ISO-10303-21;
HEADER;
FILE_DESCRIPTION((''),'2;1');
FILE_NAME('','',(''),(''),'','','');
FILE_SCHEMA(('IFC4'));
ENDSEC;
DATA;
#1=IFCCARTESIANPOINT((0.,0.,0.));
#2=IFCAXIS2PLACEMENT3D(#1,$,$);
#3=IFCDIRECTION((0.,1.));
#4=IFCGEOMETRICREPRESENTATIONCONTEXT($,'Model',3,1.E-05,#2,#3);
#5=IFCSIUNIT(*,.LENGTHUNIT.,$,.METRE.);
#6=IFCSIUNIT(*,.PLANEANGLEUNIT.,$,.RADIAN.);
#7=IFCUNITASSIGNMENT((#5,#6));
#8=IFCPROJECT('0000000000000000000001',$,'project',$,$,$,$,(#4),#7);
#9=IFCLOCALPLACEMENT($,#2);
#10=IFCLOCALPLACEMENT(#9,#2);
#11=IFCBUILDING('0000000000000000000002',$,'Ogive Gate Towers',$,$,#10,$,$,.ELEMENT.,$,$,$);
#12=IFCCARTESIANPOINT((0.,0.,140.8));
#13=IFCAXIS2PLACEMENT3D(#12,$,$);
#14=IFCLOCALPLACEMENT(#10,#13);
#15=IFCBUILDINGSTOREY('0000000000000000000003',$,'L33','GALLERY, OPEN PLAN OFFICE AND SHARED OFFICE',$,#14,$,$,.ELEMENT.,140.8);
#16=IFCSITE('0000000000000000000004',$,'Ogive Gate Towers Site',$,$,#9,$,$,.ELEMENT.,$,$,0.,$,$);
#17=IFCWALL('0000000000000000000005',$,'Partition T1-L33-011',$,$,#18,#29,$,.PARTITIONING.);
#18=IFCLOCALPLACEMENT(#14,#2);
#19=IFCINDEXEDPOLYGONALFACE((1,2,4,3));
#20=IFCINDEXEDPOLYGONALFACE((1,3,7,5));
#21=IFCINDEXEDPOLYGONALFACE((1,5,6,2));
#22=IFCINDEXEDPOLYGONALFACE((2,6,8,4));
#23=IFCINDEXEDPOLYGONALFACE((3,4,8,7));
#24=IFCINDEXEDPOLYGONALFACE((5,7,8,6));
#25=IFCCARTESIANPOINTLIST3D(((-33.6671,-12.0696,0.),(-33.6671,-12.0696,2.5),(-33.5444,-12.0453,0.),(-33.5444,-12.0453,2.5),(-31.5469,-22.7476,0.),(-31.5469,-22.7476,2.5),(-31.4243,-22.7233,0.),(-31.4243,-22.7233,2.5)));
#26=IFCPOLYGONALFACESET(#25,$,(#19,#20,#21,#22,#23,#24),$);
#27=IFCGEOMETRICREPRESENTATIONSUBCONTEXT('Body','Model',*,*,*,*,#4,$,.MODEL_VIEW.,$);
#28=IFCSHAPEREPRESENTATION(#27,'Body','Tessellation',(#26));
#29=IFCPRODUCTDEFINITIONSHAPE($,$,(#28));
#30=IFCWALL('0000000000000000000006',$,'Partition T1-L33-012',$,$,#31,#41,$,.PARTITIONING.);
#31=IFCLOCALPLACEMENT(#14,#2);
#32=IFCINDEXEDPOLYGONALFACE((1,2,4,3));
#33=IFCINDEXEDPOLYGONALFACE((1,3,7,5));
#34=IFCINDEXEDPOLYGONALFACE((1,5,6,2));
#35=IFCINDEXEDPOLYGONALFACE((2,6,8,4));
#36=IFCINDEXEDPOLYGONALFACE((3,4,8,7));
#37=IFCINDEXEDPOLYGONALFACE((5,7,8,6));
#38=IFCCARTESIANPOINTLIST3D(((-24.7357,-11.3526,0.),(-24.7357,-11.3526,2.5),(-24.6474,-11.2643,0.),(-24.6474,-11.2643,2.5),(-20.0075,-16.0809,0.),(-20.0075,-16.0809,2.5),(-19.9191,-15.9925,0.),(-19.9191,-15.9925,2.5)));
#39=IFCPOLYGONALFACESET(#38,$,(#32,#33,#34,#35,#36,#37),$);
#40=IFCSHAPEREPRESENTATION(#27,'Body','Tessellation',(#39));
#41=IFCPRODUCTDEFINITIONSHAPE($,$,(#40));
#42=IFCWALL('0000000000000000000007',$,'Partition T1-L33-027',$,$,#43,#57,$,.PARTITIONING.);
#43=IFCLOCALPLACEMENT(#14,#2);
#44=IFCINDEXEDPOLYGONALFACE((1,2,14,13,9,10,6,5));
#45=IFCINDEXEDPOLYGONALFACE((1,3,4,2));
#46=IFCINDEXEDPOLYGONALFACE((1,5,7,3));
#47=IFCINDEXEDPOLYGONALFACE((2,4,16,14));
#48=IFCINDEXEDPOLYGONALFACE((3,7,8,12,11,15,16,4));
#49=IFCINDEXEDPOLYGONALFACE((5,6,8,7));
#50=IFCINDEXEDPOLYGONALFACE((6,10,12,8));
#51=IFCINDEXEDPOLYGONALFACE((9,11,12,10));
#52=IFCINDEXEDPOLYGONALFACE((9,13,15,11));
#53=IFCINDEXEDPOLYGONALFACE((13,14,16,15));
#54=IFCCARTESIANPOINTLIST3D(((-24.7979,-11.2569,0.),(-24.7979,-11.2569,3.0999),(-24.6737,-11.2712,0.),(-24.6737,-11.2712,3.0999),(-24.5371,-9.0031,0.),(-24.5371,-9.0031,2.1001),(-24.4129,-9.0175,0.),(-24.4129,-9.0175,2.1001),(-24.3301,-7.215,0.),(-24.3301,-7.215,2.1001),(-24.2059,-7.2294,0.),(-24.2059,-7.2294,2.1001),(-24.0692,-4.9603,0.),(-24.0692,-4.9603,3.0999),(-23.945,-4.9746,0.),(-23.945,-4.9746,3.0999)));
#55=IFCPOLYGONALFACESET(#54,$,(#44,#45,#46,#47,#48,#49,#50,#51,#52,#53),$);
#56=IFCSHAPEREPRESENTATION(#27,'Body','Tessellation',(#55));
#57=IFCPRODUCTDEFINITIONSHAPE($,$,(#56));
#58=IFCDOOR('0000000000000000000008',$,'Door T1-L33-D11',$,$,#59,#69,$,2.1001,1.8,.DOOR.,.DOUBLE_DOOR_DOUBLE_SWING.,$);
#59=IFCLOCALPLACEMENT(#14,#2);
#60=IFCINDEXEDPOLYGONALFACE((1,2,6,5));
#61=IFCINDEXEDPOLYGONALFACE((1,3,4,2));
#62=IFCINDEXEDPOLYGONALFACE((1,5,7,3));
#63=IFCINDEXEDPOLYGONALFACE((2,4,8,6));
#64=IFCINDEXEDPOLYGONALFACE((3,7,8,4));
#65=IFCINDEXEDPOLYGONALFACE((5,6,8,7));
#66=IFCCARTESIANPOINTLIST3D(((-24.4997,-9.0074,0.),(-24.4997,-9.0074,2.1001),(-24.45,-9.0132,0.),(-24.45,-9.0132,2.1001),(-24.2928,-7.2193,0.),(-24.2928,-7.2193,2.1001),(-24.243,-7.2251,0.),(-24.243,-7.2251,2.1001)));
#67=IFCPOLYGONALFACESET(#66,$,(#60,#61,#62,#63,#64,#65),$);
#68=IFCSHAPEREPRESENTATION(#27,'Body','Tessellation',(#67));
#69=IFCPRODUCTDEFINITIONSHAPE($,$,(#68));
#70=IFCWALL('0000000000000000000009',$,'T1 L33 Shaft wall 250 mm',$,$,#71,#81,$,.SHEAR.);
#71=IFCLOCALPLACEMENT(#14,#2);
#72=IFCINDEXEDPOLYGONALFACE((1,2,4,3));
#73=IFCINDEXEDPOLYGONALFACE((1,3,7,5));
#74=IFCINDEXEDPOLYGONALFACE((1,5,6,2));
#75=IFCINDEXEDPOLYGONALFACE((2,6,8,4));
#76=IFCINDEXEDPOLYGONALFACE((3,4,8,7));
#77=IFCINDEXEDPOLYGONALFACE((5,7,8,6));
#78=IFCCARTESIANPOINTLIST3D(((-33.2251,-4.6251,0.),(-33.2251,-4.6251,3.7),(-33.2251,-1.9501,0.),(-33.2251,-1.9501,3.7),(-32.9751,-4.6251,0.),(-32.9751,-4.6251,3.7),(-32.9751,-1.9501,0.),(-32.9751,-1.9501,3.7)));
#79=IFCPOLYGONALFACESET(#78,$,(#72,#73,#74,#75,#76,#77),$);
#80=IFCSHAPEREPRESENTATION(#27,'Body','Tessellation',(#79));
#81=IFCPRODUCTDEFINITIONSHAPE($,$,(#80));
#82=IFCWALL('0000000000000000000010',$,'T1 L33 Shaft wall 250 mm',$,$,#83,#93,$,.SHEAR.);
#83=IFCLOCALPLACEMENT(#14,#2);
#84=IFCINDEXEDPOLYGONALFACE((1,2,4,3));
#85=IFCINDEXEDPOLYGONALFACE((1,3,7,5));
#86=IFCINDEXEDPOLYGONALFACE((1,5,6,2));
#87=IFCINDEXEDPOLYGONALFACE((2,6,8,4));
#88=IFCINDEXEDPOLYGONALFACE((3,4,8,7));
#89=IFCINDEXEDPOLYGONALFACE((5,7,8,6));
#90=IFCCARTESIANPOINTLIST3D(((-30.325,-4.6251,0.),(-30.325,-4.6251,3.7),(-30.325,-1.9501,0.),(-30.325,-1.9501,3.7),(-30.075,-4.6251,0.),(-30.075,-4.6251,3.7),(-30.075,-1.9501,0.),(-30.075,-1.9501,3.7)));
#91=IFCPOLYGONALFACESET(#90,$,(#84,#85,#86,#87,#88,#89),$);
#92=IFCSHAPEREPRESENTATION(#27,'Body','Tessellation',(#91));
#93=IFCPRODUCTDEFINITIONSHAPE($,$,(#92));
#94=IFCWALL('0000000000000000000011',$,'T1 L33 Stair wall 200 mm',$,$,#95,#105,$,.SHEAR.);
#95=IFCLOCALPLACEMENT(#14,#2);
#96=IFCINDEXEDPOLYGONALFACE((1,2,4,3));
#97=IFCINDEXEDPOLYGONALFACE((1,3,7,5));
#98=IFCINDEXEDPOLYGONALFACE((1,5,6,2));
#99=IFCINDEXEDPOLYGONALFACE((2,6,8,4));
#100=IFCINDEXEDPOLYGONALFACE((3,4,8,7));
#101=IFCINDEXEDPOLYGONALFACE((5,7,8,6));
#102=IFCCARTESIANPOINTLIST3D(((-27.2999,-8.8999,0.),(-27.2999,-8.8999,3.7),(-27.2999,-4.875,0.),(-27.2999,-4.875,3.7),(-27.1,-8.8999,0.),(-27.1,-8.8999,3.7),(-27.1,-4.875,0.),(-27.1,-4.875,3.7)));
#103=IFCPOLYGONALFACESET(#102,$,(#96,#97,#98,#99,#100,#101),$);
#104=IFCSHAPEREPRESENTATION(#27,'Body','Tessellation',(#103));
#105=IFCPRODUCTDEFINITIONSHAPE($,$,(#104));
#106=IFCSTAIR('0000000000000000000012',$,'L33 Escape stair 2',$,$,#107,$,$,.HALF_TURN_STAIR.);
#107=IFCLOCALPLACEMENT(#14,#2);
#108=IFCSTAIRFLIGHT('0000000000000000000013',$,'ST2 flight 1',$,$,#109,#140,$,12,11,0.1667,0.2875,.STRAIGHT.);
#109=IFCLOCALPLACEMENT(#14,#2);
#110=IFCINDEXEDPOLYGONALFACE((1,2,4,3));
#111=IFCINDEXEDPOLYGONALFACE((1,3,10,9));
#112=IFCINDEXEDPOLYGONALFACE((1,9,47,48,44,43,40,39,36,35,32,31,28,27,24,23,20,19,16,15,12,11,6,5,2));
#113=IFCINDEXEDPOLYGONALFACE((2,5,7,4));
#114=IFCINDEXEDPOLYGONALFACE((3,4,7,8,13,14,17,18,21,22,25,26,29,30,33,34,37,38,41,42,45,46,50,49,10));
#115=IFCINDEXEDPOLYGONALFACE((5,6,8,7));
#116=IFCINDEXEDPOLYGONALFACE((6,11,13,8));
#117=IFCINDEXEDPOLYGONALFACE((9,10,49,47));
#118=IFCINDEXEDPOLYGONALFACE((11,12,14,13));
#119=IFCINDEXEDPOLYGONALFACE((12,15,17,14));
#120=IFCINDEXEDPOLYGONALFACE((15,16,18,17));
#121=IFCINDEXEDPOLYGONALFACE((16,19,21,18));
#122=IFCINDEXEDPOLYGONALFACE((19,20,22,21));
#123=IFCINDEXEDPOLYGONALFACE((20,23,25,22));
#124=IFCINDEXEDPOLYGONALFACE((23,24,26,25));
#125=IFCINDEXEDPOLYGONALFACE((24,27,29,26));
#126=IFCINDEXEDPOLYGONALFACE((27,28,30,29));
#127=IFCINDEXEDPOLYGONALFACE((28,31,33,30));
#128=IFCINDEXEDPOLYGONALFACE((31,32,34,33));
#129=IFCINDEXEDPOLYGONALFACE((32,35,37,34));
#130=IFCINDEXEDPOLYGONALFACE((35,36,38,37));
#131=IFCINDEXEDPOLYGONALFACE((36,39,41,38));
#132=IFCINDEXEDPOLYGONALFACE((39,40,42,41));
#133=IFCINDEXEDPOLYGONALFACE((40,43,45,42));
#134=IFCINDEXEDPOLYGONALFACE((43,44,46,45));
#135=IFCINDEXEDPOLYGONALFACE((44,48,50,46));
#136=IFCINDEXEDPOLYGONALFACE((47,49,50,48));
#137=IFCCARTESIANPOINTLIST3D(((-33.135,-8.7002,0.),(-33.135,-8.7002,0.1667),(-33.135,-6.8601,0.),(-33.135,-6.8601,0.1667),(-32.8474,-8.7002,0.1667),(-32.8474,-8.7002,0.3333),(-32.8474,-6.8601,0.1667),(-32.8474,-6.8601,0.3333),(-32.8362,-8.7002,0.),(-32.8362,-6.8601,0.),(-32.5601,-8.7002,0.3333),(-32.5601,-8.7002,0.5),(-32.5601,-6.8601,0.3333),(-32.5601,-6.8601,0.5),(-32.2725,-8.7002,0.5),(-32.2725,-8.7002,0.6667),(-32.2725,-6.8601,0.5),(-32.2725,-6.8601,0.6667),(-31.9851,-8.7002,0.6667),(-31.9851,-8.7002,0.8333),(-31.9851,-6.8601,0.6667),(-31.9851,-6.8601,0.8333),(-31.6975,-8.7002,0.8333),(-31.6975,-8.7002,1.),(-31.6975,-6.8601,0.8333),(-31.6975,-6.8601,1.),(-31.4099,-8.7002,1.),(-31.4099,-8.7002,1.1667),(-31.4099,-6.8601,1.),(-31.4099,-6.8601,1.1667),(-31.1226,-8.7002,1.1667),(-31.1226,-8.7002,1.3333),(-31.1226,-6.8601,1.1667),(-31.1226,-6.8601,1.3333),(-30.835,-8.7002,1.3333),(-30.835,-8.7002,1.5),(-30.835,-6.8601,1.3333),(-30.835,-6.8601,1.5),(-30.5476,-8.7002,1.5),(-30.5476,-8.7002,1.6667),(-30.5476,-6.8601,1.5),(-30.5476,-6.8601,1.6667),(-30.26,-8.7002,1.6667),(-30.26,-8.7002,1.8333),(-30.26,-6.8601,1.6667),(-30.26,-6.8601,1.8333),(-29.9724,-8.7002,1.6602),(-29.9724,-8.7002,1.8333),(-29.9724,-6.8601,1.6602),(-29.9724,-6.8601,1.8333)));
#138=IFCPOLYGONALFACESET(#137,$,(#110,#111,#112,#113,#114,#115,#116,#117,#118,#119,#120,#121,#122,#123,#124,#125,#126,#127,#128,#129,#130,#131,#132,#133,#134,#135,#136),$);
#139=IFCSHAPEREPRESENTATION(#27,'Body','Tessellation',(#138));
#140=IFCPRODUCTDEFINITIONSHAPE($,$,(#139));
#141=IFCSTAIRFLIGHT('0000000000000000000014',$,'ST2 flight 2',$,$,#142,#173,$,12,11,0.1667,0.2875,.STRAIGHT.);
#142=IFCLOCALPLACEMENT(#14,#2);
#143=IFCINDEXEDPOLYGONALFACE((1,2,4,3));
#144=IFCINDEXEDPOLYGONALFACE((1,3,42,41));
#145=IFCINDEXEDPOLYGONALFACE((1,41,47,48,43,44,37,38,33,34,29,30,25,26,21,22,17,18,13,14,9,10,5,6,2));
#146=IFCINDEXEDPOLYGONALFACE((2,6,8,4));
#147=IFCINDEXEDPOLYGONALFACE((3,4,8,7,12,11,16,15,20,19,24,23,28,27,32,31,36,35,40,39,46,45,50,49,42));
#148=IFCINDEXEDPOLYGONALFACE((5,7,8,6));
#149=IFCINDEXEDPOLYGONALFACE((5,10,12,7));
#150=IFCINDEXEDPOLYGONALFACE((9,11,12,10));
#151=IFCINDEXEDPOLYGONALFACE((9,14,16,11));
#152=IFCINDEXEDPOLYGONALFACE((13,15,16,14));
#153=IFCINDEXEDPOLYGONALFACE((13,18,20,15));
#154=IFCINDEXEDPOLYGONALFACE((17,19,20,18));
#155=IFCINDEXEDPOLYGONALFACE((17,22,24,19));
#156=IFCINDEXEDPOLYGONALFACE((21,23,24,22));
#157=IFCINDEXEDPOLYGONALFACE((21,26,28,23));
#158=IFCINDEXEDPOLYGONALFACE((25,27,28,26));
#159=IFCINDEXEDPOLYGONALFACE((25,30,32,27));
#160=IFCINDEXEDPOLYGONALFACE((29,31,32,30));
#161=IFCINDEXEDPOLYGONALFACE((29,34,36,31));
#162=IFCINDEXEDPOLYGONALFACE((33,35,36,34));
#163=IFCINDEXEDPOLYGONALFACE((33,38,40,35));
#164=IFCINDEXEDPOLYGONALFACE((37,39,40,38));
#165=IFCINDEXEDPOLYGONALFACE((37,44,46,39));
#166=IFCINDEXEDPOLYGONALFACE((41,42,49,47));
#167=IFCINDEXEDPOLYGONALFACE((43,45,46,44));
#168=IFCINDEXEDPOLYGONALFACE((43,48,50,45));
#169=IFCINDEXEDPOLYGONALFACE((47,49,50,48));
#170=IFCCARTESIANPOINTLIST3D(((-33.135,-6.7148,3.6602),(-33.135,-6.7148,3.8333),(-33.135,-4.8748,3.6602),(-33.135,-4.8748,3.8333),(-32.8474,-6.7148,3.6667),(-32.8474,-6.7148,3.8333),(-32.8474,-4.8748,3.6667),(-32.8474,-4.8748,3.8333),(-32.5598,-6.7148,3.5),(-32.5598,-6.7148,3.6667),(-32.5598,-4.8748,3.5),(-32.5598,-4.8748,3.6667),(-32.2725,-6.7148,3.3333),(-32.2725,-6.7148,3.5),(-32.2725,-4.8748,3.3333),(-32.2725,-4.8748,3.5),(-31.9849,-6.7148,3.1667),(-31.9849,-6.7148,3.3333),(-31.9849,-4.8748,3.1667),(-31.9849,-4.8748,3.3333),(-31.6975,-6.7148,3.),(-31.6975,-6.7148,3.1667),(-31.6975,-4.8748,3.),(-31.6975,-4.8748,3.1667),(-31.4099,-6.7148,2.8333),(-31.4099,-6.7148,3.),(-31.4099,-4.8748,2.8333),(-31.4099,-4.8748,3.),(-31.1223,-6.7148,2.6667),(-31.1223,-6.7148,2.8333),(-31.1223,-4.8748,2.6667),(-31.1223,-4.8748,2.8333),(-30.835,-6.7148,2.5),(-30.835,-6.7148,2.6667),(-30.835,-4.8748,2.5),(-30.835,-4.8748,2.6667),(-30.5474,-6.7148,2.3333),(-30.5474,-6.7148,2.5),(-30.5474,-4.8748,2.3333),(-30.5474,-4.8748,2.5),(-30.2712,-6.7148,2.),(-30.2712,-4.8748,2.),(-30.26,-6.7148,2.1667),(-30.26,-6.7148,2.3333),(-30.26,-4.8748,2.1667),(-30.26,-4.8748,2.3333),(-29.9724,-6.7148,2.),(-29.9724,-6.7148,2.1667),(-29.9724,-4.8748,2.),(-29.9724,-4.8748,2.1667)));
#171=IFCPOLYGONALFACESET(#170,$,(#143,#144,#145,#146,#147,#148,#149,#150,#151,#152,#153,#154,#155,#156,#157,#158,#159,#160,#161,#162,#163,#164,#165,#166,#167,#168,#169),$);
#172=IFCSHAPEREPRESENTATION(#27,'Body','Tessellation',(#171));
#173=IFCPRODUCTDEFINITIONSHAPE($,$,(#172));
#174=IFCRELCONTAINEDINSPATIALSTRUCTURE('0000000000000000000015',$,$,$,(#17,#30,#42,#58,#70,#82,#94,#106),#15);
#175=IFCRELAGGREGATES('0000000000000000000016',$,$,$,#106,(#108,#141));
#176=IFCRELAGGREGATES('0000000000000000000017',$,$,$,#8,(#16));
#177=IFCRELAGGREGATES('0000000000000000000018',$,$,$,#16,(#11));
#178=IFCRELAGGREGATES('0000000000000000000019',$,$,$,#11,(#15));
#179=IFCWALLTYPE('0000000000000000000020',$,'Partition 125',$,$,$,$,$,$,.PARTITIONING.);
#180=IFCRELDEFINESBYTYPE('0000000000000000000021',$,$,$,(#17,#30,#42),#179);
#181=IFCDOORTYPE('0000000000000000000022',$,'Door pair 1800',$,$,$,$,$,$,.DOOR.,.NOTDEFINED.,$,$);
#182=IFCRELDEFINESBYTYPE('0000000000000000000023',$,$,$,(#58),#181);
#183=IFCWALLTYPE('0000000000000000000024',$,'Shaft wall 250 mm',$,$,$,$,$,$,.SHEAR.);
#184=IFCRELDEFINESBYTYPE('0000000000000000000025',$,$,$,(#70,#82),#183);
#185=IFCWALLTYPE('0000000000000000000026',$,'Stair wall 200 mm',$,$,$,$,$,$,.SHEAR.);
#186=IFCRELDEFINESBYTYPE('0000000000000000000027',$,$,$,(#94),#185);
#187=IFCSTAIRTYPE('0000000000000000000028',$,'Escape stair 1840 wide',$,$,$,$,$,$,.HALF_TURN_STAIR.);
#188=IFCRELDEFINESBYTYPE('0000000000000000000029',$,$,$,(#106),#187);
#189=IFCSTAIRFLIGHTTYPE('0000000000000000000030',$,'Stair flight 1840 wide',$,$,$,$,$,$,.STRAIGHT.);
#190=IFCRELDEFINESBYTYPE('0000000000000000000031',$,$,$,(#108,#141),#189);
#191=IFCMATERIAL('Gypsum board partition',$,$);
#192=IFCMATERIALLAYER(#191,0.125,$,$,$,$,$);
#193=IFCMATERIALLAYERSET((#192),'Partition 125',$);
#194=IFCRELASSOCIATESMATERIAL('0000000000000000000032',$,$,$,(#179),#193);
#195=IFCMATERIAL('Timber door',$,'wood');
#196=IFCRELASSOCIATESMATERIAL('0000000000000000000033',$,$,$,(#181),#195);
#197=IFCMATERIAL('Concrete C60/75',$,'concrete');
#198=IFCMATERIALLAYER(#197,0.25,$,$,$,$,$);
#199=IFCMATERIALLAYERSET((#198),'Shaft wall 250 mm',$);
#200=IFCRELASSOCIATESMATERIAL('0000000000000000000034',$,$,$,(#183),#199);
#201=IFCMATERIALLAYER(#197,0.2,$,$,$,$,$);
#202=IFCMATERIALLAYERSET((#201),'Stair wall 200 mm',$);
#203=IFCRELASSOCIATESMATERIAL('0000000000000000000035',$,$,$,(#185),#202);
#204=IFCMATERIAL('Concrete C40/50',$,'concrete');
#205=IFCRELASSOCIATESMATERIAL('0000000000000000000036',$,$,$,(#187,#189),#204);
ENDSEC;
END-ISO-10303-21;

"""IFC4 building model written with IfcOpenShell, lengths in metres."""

from ifc_helpers import new_model, si_unit, direction, frame, frame_2d, origin, place, context, subcontext, project, spatial, polyline, rectangle, outline, extrude, material, layer, layer_set, type_object, element, fill, aggregate, save


model = new_model("IFC4")

# Units and contexts
model_context = context("Model", 3, precision=1e-05, world=origin(), true_north=direction((0.0, 1.0)))
body_context = subcontext(model_context, "Body", "Model", "MODEL_VIEW")
ifc_project = project(units=[si_unit("LENGTHUNIT", "METRE"), si_unit("PLANEANGLEUNIT", "RADIAN")], contexts=[model_context])

# Site, building, storey
site_placement = place(None, origin())
site = spatial("IfcSite", under=ifc_project, at=site_placement, Name="Ogive Gate Towers Site", CompositionType="ELEMENT", RefElevation=0.0)
building_placement = place(site_placement, origin())
building = spatial("IfcBuilding", under=site, at=building_placement, Name="Ogive Gate Towers", CompositionType="ELEMENT")
storey_placement = place(building_placement, frame((0.0, 0.0, 140.8)))
storey = spatial("IfcBuildingStorey", under=building, at=storey_placement, Name="L33", Description="GALLERY, OPEN PLAN OFFICE AND SHARED OFFICE", CompositionType="ELEMENT", Elevation=140.8)

# Shared definitions
ifc_material_1 = material(Name="Concrete C60/75", Category="concrete")

# Walls
ifc_material_2 = material(Name="Gypsum board partition")
ifc_layer_1 = layer(ifc_material_2, 0.125)
ifc_layer_set_1 = layer_set([ifc_layer_1], Name="Partition 125")
wall_type_1 = type_object("IfcWallType", Name="Partition 125", PredefinedType="PARTITIONING", material=ifc_layer_set_1)
wall_1_placement = place(storey_placement, frame((-31.4856, -22.7356, 0.0), z_axis=(0.0, 0.0, 1.0), x_axis=(-0.194749, 0.980853, 0.0)))
element("IfcWall", 1, at=wall_1_placement, inside=storey, type_object=wall_type_1, Name="Partition T1-L33-011", PredefinedType="PARTITIONING", context=body_context, shape_type="SweptSolid", body=[
    extrude(rectangle(XDim=10.8865, YDim=0.125, at=frame_2d((5.4434, 0.0))), origin(), (0.0, 0.0, 1.0), 2.5),
])
wall_2_placement = place(storey_placement, frame((-19.9634, -16.0366, 0.0), z_axis=(0.0, 0.0, 1.0), x_axis=(-0.707107, 0.707107, 0.0)))
element("IfcWall", 2, at=wall_2_placement, inside=storey, type_object=wall_type_1, Name="Partition T1-L33-012", PredefinedType="PARTITIONING", context=body_context, shape_type="SweptSolid", body=[
    extrude(rectangle(XDim=6.6868, YDim=0.125, at=frame_2d((3.3433, 0.0))), origin(), (0.0, 0.0, 1.0), 2.5),
])

# Wall, opening, door
wall_3_placement = place(storey_placement, frame((-24.7358, -11.2642, 0.0), z_axis=(0.0, 0.0, 1.0), x_axis=(0.114971, 0.993369, 0.0)))
wall_3 = element("IfcWall", 3, at=wall_3_placement, inside=storey, type_object=wall_type_1, Name="Partition T1-L33-027", PredefinedType="PARTITIONING", context=body_context, shape_type="SweptSolid", body=[
    extrude(rectangle(XDim=6.3386, YDim=0.125, at=frame_2d((3.1694, 0.0))), origin(), (0.0, 0.0, 1.0), 3.0999),
])
opening_1_placement = place(wall_3_placement, frame((2.269, 0.0, 0.0)))
opening_1 = element("IfcOpeningElement", 4, at=opening_1_placement, cuts=wall_3, PredefinedType="OPENING", context=body_context, shape_type="SweptSolid", body=[
    extrude(rectangle(XDim=1.8, YDim=2.1001, at=frame_2d((0.8999, 1.05))), frame((0.0, 0.0725, 0.0), z_axis=(0.0, -1.0, 0.0), x_axis=(1.0, 0.0, 0.0)), (0.0, 0.0, 1.0), 0.145),
])
ifc_material_3 = material(Name="Timber door", Category="wood")
door_type_1 = type_object("IfcDoorType", Name="Door pair 1800", OperationType="NOTDEFINED", PredefinedType="DOOR", material=ifc_material_3)
door_1_placement = place(opening_1_placement, origin())
door_1 = element("IfcDoor", 5, at=door_1_placement, inside=storey, type_object=door_type_1, Name="Door T1-L33-D11", OperationType="DOUBLE_DOOR_DOUBLE_SWING", OverallHeight=2.1001, OverallWidth=1.8, PredefinedType="DOOR", context=body_context, shape_type="SweptSolid", body=[
    extrude(rectangle(XDim=1.8, YDim=2.1001, at=frame_2d((0.8999, 1.05))), frame((0.0, 0.0249, 0.0), z_axis=(0.0, -1.0, 0.0), x_axis=(1.0, 0.0, 0.0)), (0.0, 0.0, 1.0), 0.05),
])
fill(opening_1, door_1)

# Walls
ifc_layer_2 = layer(ifc_material_1, 0.25)
ifc_layer_set_2 = layer_set([ifc_layer_2], Name="Shaft wall 250 mm")
wall_type_2 = type_object("IfcWallType", Name="Shaft wall 250 mm", PredefinedType="SHEAR", material=ifc_layer_set_2)
for number, where, z_axis, x_axis, name in (
    (6, (-33.1001, -4.625, 0.0), (0.0, 0.0, 1.0), (0.0, 1.0, 0.0), "T1 L33 Shaft wall 250 mm"),
    (7, (-30.2, -4.625, 0.0), (0.0, 0.0, 1.0), (0.0, 1.0, 0.0), "T1 L33 Shaft wall 250 mm"),
):
    element("IfcWall", number, at=place(storey_placement, frame(where, z_axis=z_axis, x_axis=x_axis)), inside=storey, type_object=wall_type_2, Name=name, PredefinedType="SHEAR", context=body_context, shape_type="SweptSolid", body=[
        extrude(rectangle(XDim=2.675, YDim=0.25, at=frame_2d((1.3374, 0.0))), origin(), (0.0, 0.0, 1.0), 3.7),
    ])
ifc_layer_3 = layer(ifc_material_1, 0.2)
ifc_layer_set_3 = layer_set([ifc_layer_3], Name="Stair wall 200 mm")
wall_type_3 = type_object("IfcWallType", Name="Stair wall 200 mm", PredefinedType="SHEAR", material=ifc_layer_set_3)
wall_4_placement = place(storey_placement, frame((-27.2, -8.8999, 0.0), z_axis=(0.0, 0.0, 1.0), x_axis=(0.0, 1.0, 0.0)))
element("IfcWall", 8, at=wall_4_placement, inside=storey, type_object=wall_type_3, Name="T1 L33 Stair wall 200 mm", PredefinedType="SHEAR", context=body_context, shape_type="SweptSolid", body=[
    extrude(rectangle(XDim=4.0249, YDim=0.2, at=frame_2d((2.0125, 0.0))), origin(), (0.0, 0.0, 1.0), 3.7),
])

# Stair, stair flights
ifc_material_4 = material(Name="Concrete C40/50", Category="concrete")
stair_type = type_object("IfcStairType", Name="Escape stair 1840 wide", PredefinedType="HALF_TURN_STAIR", material=ifc_material_4)
stair_placement = place(storey_placement, origin())
stair = element("IfcStair", 9, at=stair_placement, inside=storey, type_object=stair_type, Name="L33 Escape stair 2", PredefinedType="HALF_TURN_STAIR")
stair_flight_type = type_object("IfcStairFlightType", Name="Stair flight 1840 wide", PredefinedType="STRAIGHT", material=ifc_material_4)
stair_flight_1_placement = place(storey_placement, frame((-33.135, -7.78, 0.0), z_axis=(0.0, 0.0, 1.0), x_axis=(1.0, 0.0, 0.0)))
stair_flight_1 = element("IfcStairFlight", 10, at=stair_flight_1_placement, type_object=stair_flight_type, Name="ST2 flight 1", NumberOfRisers=12, NumberOfTreads=11, PredefinedType="STRAIGHT", RiserHeight=0.1667, TreadLength=0.2875, context=body_context, shape_type="SweptSolid", body=[
    extrude(outline(polyline([(0.0, 0.0), (0.0, 0.1667), (0.2876, 0.1667), (0.2876, 0.3333), (0.575, 0.3333), (0.575, 0.5), (0.8625, 0.5), (0.8625, 0.6667), (1.1499, 0.6667), (1.1499, 0.8333), (1.4375, 0.8333), (1.4375, 1.0), (1.7251, 1.0), (1.7251, 1.1667), (2.0125, 1.1667), (2.0125, 1.3333), (2.3, 1.3333), (2.3, 1.5), (2.5874, 1.5), (2.5874, 1.6667), (2.875, 1.6667), (2.875, 1.8333), (3.1626, 1.8333), (3.1626, 2.0), (3.1626, 1.6602), (0.2988, 0.0), (0.0, 0.0)])), frame((0.0, 0.9199, 0.0), z_axis=(0.0, -1.0, 0.0), x_axis=(1.0, 0.0, 0.0)), (0.0, 0.0, 1.0), 1.8401),
])
stair_flight_2_placement = place(storey_placement, frame((-29.9724, -5.7949, 2.0), z_axis=(0.0, 0.0, 1.0), x_axis=(-1.0, 0.0, 0.0)))
stair_flight_2 = element("IfcStairFlight", 11, at=stair_flight_2_placement, type_object=stair_flight_type, Name="ST2 flight 2", NumberOfRisers=12, NumberOfTreads=11, PredefinedType="STRAIGHT", RiserHeight=0.1667, TreadLength=0.2875, context=body_context, shape_type="SweptSolid", body=[
    extrude(outline(polyline([(0.0, 0.0), (0.0, 0.1667), (0.2876, 0.1667), (0.2876, 0.3333), (0.575, 0.3333), (0.575, 0.5), (0.8625, 0.5), (0.8625, 0.6667), (1.1499, 0.6667), (1.1499, 0.8333), (1.4375, 0.8333), (1.4375, 1.0), (1.7251, 1.0), (1.7251, 1.1667), (2.0125, 1.1667), (2.0125, 1.3333), (2.3, 1.3333), (2.3, 1.5), (2.5874, 1.5), (2.5874, 1.6667), (2.875, 1.6667), (2.875, 1.8333), (3.1626, 1.8333), (3.1626, 2.0), (3.1626, 1.6602), (0.2988, 0.0), (0.0, 0.0)])), frame((0.0, 0.9199, 0.0), z_axis=(0.0, -1.0, 0.0), x_axis=(1.0, 0.0, 0.0)), (0.0, 0.0, 1.0), 1.8401),
])
aggregate(stair, [stair_flight_1, stair_flight_2])

save(model, "model.ifc")
